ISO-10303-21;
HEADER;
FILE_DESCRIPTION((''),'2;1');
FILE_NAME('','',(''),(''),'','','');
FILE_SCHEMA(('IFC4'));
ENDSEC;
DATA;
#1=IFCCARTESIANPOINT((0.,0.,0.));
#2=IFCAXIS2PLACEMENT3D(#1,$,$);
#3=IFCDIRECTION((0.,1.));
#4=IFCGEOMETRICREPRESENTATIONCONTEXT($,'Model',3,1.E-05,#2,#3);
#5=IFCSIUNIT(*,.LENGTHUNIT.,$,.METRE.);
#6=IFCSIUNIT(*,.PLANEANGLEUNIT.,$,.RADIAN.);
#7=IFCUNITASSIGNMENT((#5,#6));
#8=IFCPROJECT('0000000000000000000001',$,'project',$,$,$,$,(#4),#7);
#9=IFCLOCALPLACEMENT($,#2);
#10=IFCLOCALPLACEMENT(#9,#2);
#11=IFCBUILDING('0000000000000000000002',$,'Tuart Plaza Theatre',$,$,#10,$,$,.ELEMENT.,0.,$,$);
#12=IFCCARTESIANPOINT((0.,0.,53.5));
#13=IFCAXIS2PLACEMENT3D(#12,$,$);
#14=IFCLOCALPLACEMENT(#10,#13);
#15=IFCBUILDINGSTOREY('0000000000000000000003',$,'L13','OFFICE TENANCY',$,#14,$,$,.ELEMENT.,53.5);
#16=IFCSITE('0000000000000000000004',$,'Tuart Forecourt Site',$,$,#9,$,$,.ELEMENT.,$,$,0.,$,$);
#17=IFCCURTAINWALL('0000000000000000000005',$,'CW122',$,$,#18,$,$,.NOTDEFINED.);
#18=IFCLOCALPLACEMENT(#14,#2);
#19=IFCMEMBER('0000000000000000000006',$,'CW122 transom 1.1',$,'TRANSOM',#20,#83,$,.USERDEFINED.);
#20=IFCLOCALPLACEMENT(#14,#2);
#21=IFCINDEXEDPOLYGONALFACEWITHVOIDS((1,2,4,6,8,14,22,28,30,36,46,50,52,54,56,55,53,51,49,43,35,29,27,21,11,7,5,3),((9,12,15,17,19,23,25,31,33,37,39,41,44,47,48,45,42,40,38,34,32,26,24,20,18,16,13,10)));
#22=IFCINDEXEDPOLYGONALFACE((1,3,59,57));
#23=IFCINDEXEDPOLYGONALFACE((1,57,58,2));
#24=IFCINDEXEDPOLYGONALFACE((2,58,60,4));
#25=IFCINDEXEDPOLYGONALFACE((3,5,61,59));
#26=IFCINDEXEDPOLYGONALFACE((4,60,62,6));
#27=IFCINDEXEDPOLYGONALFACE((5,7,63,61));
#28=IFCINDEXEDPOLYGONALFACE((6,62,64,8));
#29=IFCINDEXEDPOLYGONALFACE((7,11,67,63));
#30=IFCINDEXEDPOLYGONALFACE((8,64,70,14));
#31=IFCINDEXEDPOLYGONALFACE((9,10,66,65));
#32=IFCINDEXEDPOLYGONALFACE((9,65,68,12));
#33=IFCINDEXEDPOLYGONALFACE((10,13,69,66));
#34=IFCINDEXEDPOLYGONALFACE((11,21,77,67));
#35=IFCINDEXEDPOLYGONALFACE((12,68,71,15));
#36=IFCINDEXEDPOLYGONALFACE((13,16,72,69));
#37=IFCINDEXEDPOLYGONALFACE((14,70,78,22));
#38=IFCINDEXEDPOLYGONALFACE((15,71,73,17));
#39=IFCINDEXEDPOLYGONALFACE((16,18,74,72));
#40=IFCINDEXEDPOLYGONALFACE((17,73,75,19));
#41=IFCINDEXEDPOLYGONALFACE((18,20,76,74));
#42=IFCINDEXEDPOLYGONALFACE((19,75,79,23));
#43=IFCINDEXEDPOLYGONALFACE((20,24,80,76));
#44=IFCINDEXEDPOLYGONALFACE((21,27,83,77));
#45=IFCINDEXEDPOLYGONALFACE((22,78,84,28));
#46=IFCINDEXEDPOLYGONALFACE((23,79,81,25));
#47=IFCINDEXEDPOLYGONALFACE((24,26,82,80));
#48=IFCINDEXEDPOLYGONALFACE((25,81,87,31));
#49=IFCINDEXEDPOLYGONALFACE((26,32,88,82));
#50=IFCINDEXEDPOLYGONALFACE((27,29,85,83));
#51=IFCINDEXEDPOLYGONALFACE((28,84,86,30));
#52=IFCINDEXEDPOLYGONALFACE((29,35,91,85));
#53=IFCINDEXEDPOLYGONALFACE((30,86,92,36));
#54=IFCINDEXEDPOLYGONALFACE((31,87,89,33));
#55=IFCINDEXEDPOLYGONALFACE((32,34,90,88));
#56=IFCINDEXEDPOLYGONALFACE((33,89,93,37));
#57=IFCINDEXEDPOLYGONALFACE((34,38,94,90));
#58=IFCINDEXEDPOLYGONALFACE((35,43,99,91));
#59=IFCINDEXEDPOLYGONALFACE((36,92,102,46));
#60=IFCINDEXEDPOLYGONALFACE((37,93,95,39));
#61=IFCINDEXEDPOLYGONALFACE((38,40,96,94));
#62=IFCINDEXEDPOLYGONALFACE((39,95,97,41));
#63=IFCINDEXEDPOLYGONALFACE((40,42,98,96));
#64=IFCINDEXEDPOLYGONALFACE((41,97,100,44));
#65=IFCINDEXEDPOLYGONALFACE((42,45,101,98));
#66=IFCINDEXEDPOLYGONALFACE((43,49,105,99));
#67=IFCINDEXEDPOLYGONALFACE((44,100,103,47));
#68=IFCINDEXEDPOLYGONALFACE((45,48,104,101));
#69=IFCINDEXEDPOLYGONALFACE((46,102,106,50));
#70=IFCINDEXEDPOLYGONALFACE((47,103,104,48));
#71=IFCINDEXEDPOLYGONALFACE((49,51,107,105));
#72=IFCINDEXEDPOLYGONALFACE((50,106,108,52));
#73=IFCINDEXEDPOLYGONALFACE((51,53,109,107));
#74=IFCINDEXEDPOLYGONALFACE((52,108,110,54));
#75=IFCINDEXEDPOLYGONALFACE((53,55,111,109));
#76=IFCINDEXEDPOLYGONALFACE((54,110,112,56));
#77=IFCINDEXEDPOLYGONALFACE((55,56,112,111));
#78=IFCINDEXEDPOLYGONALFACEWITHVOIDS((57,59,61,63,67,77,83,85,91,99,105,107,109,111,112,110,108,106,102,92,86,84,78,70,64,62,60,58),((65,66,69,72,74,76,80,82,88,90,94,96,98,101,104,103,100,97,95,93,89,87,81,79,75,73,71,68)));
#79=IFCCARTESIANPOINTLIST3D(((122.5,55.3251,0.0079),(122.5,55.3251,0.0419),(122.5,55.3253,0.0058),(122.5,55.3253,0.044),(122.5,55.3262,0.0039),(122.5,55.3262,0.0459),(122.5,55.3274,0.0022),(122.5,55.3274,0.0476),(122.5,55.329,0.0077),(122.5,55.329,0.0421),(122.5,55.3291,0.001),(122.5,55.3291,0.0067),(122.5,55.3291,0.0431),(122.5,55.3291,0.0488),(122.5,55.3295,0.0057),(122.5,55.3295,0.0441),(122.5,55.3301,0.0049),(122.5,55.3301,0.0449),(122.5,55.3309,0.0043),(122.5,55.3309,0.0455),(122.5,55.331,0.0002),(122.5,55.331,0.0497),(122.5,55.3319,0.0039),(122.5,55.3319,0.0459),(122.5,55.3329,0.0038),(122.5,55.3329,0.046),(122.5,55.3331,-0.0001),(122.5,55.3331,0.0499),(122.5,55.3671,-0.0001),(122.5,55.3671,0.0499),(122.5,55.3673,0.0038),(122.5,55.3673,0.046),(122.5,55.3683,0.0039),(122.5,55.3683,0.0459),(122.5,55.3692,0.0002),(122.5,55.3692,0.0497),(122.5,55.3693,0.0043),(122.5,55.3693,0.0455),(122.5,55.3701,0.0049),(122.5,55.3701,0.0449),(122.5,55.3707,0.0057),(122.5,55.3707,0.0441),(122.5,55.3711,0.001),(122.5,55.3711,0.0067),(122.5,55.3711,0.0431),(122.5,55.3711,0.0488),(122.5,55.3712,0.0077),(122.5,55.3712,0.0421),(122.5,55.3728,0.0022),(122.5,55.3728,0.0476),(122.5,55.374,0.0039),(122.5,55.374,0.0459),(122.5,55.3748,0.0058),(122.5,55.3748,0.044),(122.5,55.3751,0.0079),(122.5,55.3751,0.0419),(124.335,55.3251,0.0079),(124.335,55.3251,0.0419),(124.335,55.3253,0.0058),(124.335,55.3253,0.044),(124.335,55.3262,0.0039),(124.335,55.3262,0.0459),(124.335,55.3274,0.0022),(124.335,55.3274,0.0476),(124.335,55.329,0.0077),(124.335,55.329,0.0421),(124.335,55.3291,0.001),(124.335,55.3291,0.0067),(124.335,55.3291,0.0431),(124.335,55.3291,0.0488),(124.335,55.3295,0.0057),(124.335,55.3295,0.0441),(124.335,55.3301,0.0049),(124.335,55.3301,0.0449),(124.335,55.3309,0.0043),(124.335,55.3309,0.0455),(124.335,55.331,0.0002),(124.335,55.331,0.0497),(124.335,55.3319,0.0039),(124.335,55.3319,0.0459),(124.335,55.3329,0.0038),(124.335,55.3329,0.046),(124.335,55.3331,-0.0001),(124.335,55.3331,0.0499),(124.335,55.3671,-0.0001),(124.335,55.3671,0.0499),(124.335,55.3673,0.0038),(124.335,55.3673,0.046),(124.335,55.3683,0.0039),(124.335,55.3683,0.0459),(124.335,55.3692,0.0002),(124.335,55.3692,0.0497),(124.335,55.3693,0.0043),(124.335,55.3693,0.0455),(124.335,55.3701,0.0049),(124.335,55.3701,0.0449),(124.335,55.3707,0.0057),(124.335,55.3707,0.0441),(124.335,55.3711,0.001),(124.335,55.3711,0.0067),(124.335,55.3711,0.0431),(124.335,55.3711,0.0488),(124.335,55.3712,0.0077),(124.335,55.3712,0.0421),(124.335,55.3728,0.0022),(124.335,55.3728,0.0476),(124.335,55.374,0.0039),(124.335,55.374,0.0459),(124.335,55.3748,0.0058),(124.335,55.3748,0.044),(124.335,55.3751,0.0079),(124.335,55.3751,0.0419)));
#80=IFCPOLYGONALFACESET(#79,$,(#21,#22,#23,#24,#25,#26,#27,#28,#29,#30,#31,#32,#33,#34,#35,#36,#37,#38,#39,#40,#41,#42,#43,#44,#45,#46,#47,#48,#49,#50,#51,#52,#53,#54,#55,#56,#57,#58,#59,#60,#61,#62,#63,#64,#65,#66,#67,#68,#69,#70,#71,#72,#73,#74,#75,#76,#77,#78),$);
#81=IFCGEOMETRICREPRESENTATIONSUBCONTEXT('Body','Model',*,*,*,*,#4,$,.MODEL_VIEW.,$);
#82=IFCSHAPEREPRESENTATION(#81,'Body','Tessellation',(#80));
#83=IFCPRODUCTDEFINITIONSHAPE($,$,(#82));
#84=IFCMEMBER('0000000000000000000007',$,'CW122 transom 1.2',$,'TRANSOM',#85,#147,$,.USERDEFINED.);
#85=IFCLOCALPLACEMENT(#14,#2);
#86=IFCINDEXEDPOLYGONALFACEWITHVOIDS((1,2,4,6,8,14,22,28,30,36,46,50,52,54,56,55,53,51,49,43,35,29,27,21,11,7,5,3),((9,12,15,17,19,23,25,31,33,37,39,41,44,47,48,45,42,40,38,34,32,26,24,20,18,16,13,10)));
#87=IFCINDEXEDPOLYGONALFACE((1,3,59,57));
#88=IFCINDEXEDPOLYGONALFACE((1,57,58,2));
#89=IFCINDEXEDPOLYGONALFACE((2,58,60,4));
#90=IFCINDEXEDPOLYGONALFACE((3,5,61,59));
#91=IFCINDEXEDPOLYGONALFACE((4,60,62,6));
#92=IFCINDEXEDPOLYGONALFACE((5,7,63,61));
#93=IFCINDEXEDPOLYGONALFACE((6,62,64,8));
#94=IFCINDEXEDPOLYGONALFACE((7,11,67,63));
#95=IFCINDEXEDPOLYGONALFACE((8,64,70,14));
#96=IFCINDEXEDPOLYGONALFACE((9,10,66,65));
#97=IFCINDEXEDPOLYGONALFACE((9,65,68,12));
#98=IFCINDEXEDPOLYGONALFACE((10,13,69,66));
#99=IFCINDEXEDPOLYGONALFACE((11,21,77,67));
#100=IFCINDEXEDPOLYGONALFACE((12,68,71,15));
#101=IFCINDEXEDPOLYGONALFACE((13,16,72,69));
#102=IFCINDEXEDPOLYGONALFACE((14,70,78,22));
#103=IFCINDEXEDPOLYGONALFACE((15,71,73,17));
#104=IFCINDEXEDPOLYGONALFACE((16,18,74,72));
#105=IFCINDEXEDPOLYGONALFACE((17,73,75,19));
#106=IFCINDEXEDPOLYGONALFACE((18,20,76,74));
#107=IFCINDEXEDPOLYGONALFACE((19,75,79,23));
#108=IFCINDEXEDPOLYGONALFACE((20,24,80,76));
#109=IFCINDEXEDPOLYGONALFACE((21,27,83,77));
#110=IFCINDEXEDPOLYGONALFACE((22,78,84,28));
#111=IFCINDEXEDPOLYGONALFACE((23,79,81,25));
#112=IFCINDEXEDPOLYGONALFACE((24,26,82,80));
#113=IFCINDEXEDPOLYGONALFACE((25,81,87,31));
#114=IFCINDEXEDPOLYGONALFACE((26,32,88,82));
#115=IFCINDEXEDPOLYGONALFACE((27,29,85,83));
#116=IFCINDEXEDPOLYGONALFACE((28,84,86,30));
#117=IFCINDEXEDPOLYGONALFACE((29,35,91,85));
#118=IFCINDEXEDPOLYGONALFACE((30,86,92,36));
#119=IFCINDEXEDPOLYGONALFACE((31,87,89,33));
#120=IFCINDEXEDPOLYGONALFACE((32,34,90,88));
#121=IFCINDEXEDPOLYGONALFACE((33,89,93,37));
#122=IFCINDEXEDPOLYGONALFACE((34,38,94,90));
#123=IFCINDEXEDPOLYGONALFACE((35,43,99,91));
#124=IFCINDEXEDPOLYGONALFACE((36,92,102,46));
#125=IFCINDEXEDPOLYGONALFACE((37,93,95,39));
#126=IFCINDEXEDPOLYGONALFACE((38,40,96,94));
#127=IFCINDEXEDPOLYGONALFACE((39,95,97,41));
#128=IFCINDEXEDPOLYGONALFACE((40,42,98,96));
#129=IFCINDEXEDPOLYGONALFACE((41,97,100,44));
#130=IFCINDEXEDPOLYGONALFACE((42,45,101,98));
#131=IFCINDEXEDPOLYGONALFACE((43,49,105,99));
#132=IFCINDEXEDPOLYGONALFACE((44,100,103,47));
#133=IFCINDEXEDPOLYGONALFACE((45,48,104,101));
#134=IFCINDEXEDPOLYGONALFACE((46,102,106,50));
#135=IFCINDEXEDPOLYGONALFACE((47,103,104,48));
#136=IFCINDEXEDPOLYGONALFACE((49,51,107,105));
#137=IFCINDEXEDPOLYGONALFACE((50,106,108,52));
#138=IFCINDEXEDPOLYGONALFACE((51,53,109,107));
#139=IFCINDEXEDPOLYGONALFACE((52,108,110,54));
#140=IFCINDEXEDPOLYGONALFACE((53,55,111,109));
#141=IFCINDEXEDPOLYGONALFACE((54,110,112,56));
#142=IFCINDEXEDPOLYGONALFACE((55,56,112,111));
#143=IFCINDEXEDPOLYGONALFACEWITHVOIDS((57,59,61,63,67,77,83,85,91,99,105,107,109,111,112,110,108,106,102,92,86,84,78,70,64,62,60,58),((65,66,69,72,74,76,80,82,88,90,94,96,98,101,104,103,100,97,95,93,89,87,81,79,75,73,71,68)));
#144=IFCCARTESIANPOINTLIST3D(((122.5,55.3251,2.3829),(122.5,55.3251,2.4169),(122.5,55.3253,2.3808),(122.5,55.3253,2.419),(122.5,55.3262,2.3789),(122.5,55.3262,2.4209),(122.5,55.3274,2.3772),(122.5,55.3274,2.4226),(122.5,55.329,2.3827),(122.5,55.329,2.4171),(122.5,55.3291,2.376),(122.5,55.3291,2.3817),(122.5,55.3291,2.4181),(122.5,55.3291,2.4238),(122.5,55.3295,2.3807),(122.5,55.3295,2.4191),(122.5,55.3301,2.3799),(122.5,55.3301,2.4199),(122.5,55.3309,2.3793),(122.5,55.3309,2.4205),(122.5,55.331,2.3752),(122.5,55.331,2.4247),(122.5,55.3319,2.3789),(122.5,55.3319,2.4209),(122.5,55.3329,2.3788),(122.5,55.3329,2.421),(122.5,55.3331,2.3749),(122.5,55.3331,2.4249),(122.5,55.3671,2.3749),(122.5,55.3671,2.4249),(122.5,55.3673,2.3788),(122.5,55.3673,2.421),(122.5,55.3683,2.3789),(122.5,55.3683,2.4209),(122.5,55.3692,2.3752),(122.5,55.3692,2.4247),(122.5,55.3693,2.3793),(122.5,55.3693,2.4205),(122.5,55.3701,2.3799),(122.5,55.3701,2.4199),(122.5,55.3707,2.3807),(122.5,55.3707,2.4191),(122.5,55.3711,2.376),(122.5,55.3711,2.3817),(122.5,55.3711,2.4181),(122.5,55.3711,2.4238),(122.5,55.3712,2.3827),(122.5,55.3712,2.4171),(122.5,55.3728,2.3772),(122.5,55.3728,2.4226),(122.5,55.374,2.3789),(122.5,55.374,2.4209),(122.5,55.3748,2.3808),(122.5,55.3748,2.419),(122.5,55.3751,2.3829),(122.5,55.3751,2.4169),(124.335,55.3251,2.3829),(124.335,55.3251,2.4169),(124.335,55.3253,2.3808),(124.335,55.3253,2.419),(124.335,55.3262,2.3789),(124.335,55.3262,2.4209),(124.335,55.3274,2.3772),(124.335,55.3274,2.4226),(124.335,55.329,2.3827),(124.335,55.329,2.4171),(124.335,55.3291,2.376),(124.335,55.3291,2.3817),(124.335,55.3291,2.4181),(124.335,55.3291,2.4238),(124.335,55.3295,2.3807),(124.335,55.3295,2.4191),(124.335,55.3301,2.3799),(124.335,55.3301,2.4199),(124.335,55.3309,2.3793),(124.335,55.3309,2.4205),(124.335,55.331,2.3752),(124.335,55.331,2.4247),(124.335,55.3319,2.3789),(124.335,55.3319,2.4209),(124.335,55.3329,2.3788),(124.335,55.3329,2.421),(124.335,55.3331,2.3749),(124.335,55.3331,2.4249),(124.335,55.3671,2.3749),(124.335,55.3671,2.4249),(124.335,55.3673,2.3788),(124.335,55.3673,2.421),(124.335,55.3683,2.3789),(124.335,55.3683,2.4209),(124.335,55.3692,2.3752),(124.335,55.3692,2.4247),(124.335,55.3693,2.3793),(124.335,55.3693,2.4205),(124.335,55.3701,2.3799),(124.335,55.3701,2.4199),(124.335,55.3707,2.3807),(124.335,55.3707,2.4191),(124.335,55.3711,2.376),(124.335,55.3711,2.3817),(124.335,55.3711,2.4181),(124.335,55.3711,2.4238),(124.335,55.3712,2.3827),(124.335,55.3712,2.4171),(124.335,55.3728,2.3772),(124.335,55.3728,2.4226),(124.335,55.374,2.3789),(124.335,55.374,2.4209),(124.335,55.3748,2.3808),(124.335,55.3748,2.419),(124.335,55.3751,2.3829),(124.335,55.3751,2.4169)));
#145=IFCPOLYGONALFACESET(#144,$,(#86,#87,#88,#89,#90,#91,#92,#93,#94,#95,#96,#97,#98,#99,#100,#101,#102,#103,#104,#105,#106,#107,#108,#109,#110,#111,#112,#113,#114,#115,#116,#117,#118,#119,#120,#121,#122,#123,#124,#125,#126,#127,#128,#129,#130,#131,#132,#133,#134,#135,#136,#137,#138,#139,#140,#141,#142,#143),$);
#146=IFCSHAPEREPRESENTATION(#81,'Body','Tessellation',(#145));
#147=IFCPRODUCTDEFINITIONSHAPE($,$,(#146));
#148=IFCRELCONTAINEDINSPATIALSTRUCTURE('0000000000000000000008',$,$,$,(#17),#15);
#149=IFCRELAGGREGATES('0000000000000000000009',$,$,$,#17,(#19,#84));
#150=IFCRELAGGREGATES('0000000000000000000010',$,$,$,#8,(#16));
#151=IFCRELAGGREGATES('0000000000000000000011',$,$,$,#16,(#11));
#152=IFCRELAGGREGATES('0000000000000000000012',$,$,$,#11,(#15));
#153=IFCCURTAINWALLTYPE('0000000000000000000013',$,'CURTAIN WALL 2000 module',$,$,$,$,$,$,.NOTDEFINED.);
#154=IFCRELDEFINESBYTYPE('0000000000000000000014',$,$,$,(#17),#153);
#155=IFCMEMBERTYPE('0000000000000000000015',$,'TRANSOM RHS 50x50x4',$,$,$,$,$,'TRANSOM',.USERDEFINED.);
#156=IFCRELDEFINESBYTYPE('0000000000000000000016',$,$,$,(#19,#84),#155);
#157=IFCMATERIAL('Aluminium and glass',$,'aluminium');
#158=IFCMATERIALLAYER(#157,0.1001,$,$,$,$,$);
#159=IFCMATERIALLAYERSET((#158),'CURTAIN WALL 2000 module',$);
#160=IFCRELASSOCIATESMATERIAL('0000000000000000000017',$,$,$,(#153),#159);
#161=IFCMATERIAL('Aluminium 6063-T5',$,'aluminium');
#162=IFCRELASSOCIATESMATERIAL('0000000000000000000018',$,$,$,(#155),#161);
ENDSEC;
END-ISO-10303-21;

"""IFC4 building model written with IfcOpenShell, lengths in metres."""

from ifc_helpers import new_model, si_unit, direction, frame, origin, origin_2d, place, context, subcontext, project, spatial, hollow_rectangle, extrude, material, layer, layer_set, material_profile, profile_set, type_object, element, aggregate, save


model = new_model("IFC4")

# Units and contexts
model_context = context("Model", 3, precision=1e-05, world=origin(), true_north=direction((0.0, 1.0)))
body_context = subcontext(model_context, "Body", "Model", "MODEL_VIEW")
ifc_project = project(units=[si_unit("LENGTHUNIT", "METRE"), si_unit("PLANEANGLEUNIT", "RADIAN")], contexts=[model_context])

# Site, building, storey
site_placement = place(None, origin())
site = spatial("IfcSite", under=ifc_project, at=site_placement, Name="Tuart Forecourt Site", CompositionType="ELEMENT", RefElevation=0.0)
building_placement = place(site_placement, origin())
building = spatial("IfcBuilding", under=site, at=building_placement, Name="Tuart Plaza Theatre", CompositionType="ELEMENT", ElevationOfRefHeight=0.0)
storey_placement = place(building_placement, frame((0.0, 0.0, 53.5)))
storey = spatial("IfcBuildingStorey", under=building, at=storey_placement, Name="L13", Description="OFFICE TENANCY", CompositionType="ELEMENT", Elevation=53.5)

# Curtain wall, members
ifc_material_1 = material(Name="Aluminium and glass", Category="aluminium")
ifc_layer_1 = layer(ifc_material_1, 0.1001)
ifc_layer_set_1 = layer_set([ifc_layer_1], Name="CURTAIN WALL 2000 module")
curtain_wall_type = type_object("IfcCurtainWallType", Name="CURTAIN WALL 2000 module", PredefinedType="NOTDEFINED", material=ifc_layer_set_1)
curtain_wall_placement = place(storey_placement, origin())
curtain_wall = element("IfcCurtainWall", 1, at=curtain_wall_placement, inside=storey, type_object=curtain_wall_type, Name="CW122", PredefinedType="NOTDEFINED")
ifc_material_2 = material(Name="Aluminium 6063-T5", Category="aluminium")
ifc_material_profile_1 = material_profile(ifc_material_2, hollow_rectangle(XDim=0.05, YDim=0.05, WallThickness=0.0039, InnerFilletRadius=0.0039, OuterFilletRadius=0.0081, at=origin_2d()), Name="RHS 50x50x4")
ifc_profile_set_1 = profile_set([ifc_material_profile_1], Name="Aluminium 6063-T5")
member_type_1 = type_object("IfcMemberType", Name="TRANSOM RHS 50x50x4", ElementType="TRANSOM", PredefinedType="USERDEFINED", material=ifc_profile_set_1)
member_1_placement = place(storey_placement, frame((122.5, 55.3501, 0.0249), z_axis=(1.0, 0.0, 0.0), x_axis=(0.0, 1.0, 0.0)))
member_1 = element("IfcMember", 2, at=member_1_placement, type_object=member_type_1, Name="CW122 transom 1.1", ObjectType="TRANSOM", PredefinedType="USERDEFINED", context=body_context, shape_type="SweptSolid", body=[
    extrude(hollow_rectangle(XDim=0.05, YDim=0.05, WallThickness=0.0039, InnerFilletRadius=0.0039, OuterFilletRadius=0.0081, at=origin_2d()), origin(), (0.0, 0.0, 1.0), 1.835),
])
member_2_placement = place(storey_placement, frame((122.5, 55.3501, 2.3999), z_axis=(1.0, 0.0, 0.0), x_axis=(0.0, 1.0, 0.0)))
member_2 = element("IfcMember", 3, at=member_2_placement, type_object=member_type_1, Name="CW122 transom 1.2", ObjectType="TRANSOM", PredefinedType="USERDEFINED", context=body_context, shape_type="SweptSolid", body=[
    extrude(hollow_rectangle(XDim=0.05, YDim=0.05, WallThickness=0.0039, InnerFilletRadius=0.0039, OuterFilletRadius=0.0081, at=origin_2d()), origin(), (0.0, 0.0, 1.0), 1.835),
])
aggregate(curtain_wall, [member_1, member_2])

save(model, "model.ifc")
